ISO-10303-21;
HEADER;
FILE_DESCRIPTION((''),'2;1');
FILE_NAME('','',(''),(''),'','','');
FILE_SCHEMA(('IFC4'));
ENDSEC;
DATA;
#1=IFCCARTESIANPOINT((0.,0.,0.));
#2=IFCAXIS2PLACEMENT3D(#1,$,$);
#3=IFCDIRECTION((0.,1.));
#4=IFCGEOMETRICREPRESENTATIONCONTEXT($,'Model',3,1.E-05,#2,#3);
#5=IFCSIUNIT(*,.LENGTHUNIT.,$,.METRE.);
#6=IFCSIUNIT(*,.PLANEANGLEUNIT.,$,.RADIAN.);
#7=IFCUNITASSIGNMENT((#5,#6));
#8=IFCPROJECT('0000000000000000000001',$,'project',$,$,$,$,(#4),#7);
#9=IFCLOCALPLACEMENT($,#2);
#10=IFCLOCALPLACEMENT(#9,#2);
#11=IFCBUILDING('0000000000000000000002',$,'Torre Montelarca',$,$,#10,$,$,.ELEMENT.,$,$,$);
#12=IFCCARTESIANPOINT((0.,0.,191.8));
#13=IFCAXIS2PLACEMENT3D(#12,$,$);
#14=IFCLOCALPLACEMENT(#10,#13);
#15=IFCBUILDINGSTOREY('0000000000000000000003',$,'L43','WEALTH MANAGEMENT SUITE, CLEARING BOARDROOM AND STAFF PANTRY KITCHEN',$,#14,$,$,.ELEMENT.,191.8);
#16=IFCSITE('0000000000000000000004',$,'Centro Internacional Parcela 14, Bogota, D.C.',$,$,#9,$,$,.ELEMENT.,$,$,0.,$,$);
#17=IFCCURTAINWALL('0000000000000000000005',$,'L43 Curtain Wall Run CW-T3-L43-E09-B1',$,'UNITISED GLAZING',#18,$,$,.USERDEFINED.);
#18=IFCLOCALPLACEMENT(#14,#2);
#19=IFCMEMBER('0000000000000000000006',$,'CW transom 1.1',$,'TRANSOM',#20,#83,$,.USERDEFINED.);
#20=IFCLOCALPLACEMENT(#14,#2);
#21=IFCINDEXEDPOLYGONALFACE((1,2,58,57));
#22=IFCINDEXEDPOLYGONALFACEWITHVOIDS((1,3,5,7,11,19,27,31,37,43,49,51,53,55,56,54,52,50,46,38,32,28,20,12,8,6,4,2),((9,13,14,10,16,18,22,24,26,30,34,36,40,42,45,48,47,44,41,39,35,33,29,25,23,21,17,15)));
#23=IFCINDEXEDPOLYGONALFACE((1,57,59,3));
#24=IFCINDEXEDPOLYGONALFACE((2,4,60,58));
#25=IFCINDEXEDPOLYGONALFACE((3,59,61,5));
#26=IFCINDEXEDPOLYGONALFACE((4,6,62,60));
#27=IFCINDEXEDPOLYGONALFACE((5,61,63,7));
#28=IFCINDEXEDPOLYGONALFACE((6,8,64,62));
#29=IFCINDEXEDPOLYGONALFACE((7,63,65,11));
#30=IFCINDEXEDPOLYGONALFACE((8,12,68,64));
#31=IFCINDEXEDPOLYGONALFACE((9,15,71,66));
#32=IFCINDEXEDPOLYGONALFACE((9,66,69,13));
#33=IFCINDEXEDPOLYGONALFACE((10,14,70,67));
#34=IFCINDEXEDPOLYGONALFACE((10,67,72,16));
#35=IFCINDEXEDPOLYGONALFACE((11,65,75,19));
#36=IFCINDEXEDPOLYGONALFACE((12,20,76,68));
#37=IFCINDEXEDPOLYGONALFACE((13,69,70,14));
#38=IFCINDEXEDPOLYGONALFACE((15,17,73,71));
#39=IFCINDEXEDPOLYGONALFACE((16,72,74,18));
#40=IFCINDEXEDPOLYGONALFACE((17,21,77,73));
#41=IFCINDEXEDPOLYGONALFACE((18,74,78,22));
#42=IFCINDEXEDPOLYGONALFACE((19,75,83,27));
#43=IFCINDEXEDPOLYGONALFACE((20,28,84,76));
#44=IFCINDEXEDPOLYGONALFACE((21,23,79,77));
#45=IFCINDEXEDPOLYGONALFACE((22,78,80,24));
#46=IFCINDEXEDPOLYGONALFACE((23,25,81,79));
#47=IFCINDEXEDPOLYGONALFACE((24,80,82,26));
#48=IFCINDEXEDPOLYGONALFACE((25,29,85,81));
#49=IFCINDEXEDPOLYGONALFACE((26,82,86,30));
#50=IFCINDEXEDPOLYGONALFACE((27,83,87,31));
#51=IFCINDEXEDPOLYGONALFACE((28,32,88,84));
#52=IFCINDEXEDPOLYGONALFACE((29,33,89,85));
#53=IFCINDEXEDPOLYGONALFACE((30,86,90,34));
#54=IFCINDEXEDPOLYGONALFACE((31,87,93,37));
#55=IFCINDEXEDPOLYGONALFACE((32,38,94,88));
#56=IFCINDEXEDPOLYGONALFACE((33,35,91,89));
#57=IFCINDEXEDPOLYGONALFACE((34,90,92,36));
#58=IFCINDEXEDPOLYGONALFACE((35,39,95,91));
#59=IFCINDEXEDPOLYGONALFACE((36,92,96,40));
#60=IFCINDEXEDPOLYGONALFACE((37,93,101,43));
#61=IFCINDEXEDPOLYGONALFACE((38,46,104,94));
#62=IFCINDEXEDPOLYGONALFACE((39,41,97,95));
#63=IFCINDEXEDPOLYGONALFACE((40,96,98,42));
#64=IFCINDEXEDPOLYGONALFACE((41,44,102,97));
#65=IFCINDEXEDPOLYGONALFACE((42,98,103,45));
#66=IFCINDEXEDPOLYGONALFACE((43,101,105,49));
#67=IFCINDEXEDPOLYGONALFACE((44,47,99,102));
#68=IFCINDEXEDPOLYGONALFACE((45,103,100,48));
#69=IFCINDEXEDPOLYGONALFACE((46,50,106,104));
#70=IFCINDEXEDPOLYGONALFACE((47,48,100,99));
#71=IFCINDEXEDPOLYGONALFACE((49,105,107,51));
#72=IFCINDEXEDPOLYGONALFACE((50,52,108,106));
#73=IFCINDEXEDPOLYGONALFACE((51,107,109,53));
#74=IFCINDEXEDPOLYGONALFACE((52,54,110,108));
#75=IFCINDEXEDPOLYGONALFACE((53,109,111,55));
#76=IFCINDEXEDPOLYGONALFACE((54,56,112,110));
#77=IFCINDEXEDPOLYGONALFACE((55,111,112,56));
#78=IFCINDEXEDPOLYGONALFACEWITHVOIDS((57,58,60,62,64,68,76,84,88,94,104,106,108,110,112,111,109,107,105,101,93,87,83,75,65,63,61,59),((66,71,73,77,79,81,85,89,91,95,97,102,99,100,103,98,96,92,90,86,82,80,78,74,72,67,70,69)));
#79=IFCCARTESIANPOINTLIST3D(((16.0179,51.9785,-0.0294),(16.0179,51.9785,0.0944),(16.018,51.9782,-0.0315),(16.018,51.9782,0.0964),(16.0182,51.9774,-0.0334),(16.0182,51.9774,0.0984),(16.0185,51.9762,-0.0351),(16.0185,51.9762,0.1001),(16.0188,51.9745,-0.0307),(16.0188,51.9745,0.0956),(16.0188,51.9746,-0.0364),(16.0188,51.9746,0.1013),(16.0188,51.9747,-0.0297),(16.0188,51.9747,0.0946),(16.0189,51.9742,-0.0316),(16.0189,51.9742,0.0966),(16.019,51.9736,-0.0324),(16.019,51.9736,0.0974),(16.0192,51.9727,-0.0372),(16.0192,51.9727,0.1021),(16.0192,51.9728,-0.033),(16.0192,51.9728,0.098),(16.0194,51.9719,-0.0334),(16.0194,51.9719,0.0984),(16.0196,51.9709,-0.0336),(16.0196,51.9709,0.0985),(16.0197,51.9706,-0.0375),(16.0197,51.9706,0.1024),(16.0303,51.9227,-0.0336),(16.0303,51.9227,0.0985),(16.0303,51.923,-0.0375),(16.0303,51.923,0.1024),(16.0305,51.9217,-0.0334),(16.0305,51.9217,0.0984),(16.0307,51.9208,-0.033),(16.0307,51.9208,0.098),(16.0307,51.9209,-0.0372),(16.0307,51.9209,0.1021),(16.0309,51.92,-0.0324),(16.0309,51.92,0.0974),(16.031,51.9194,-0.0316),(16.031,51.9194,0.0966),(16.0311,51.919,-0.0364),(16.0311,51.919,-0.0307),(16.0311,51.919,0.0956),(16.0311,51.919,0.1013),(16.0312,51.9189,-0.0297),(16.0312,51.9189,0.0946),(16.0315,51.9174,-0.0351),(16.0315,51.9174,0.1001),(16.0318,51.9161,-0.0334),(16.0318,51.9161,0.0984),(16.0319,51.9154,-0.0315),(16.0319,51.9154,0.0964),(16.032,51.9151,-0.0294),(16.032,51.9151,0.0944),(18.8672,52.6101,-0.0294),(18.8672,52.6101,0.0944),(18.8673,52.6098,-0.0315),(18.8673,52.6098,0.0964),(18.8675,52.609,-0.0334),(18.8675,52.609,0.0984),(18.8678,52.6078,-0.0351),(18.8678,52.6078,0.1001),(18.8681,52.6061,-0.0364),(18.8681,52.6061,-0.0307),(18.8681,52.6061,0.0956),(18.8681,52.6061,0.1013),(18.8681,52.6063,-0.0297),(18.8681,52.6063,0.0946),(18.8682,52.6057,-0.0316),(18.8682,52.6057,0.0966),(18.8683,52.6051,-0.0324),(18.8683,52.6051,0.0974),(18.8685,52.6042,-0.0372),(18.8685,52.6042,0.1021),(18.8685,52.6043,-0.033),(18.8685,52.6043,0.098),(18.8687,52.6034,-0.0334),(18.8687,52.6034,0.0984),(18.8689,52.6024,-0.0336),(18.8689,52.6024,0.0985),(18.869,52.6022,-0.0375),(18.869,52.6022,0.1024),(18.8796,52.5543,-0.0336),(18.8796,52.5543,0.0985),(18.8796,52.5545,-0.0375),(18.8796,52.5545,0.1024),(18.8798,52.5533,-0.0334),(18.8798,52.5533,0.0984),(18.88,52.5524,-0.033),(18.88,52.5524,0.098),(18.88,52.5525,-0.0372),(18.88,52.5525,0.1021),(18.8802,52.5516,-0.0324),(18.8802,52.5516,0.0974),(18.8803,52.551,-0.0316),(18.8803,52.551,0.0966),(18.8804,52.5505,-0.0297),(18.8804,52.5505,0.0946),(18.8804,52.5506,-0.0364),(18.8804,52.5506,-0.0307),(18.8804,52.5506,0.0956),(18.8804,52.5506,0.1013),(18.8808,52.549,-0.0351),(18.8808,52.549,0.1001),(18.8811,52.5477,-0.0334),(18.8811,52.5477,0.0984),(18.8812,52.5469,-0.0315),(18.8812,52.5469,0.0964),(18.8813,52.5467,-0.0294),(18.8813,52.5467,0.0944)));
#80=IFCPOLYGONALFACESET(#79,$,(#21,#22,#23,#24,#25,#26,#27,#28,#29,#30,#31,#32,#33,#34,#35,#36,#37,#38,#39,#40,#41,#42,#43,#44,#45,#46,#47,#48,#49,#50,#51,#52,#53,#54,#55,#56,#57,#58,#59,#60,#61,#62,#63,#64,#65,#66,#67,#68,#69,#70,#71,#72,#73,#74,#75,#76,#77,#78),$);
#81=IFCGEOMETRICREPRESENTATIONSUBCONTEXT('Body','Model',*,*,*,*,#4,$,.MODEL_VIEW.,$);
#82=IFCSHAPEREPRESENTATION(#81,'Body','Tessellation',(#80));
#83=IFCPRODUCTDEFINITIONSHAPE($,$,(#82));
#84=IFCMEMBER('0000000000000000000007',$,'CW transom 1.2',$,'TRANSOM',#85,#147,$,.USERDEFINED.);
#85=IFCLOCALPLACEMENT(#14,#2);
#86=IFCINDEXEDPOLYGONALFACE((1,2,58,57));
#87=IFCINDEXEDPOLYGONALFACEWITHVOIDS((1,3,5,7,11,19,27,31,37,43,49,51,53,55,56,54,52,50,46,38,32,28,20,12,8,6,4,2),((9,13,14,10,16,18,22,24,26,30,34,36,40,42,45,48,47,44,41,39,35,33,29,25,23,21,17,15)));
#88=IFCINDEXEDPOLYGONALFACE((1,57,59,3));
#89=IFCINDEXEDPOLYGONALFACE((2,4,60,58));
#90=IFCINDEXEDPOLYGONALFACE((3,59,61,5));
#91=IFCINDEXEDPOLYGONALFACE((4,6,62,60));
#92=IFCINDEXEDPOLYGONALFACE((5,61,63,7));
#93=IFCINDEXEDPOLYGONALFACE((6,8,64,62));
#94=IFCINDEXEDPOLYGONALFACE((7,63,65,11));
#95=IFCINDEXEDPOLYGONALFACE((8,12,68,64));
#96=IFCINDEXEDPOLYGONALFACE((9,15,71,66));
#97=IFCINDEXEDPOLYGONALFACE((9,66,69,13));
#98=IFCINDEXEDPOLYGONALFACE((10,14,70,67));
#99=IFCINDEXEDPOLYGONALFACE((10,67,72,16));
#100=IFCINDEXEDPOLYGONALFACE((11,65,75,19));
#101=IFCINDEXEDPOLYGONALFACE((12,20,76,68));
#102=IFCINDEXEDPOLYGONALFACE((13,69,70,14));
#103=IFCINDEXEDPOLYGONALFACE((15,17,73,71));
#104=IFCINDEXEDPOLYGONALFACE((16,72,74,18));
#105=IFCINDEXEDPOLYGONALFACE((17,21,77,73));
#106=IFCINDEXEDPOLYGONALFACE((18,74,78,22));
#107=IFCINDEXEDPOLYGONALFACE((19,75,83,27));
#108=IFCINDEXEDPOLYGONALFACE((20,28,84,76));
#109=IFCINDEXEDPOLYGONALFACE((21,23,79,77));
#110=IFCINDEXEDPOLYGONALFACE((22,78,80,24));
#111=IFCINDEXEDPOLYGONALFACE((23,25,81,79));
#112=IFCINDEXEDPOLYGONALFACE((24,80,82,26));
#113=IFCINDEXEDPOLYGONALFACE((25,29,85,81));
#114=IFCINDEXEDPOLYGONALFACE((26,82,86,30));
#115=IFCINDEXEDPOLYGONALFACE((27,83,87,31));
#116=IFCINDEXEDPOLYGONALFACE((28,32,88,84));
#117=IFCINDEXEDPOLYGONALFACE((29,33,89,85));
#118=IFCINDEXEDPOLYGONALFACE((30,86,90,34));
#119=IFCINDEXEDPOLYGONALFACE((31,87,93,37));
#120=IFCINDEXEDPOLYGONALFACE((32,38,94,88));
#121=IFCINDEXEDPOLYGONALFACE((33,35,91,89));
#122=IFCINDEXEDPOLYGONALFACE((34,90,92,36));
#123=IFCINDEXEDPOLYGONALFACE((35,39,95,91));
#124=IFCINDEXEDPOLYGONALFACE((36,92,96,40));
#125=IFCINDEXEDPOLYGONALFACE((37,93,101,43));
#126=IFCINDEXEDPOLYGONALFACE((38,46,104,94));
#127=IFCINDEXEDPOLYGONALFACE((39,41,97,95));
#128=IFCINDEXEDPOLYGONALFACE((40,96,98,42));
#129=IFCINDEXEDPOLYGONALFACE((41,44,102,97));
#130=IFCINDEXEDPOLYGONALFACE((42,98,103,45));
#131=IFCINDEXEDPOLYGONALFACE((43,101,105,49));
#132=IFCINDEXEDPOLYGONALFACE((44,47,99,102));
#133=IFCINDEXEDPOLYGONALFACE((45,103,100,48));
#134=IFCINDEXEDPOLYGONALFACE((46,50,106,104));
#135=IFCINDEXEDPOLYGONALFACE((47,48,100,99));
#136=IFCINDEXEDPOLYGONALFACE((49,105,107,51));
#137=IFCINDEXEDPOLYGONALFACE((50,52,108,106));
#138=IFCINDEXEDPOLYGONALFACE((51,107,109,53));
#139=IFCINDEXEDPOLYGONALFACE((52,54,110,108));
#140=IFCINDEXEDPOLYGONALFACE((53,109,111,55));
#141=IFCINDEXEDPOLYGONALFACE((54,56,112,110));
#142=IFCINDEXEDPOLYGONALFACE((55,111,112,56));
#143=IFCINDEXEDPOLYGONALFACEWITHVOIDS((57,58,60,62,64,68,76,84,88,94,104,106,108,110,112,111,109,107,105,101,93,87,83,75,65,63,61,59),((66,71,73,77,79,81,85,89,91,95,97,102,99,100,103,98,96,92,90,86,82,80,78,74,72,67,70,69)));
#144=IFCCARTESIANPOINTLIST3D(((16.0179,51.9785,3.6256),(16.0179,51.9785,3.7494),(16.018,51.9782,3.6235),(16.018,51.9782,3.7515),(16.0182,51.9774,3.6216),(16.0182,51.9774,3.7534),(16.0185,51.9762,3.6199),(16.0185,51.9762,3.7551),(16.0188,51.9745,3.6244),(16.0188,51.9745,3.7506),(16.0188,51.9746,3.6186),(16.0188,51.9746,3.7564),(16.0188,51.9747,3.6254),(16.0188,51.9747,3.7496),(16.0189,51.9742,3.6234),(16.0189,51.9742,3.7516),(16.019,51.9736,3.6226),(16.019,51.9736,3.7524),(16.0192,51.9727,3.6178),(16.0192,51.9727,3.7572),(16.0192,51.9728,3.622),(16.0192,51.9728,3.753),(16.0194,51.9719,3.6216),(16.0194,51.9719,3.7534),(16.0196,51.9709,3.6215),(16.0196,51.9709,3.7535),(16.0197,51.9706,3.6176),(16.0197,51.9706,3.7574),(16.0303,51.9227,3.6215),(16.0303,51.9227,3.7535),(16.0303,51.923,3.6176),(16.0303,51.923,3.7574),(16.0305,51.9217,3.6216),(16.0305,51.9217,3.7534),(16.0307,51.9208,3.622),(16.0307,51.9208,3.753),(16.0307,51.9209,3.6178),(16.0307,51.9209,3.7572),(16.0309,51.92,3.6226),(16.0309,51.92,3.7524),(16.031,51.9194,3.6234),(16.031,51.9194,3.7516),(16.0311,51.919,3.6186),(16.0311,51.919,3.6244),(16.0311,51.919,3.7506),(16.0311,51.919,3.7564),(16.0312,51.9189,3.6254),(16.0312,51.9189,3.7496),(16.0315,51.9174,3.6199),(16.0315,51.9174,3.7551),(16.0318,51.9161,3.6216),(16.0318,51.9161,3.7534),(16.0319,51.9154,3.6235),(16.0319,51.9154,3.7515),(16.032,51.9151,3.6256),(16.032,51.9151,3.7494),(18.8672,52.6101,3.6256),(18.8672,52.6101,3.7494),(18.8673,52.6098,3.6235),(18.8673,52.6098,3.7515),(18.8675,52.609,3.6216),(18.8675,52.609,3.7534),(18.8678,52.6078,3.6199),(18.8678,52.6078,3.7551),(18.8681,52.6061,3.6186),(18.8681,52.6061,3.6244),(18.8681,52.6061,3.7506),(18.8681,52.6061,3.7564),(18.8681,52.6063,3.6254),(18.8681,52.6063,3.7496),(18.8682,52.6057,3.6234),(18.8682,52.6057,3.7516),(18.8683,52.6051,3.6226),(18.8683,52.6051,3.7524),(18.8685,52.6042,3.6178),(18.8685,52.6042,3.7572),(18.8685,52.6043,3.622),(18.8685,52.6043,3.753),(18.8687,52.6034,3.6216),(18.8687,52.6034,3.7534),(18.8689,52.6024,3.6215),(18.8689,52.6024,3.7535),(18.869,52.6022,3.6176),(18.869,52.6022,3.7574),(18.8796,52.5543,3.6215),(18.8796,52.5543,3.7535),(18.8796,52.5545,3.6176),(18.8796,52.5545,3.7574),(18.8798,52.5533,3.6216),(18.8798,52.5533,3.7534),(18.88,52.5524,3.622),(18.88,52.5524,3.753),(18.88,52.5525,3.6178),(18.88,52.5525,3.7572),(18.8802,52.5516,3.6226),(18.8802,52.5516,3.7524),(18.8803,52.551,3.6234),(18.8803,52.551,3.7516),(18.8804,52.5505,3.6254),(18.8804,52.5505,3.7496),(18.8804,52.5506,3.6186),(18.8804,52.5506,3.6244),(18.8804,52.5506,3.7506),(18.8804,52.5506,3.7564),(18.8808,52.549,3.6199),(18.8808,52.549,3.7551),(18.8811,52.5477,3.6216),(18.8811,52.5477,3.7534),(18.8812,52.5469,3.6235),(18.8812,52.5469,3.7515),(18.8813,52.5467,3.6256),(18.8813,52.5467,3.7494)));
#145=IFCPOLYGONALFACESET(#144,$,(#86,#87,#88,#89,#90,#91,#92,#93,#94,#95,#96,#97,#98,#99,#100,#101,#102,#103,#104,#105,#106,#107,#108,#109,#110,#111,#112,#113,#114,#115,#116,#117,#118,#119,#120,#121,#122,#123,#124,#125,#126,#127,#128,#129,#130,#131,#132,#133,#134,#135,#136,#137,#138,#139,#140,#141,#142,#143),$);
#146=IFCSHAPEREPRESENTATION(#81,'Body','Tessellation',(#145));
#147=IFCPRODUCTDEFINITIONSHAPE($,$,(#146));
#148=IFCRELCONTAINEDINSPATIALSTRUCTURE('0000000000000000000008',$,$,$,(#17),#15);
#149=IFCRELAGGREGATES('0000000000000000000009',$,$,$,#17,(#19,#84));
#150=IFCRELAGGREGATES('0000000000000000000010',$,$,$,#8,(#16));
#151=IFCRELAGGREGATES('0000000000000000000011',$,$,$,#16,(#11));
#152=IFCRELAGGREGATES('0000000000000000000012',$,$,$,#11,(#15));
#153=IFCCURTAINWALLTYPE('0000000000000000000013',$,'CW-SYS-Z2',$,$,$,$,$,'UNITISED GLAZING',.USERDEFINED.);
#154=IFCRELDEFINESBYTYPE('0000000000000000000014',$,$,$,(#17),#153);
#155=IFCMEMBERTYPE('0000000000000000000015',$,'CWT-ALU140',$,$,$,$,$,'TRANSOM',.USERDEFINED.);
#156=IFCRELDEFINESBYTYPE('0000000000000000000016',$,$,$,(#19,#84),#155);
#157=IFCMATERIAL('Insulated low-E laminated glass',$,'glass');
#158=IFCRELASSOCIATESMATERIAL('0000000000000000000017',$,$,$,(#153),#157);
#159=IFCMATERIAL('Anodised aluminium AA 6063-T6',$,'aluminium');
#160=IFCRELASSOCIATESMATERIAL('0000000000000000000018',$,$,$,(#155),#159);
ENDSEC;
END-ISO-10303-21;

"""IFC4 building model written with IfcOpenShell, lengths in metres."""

from ifc_helpers import new_model, si_unit, direction, frame, origin, origin_2d, place, context, subcontext, project, spatial, hollow_rectangle, extrude, source, transform, mapped, material, material_profile, profile_set, type_object, element, aggregate, save


model = new_model("IFC4")

# Units and contexts
model_context = context("Model", 3, precision=1e-05, world=origin(), true_north=direction((0.0, 1.0)))
body_context = subcontext(model_context, "Body", "Model", "MODEL_VIEW")
ifc_project = project(units=[si_unit("LENGTHUNIT", "METRE"), si_unit("PLANEANGLEUNIT", "RADIAN")], contexts=[model_context])

# Site, building, storey
site_placement = place(None, origin())
site = spatial("IfcSite", under=ifc_project, at=site_placement, Name="Centro Internacional Parcela 14, Bogota, D.C.", CompositionType="ELEMENT", RefElevation=0.0)
building_placement = place(site_placement, origin())
building = spatial("IfcBuilding", under=site, at=building_placement, Name="Torre Montelarca", CompositionType="ELEMENT")
storey_placement = place(building_placement, frame((0.0, 0.0, 191.8)))
storey = spatial("IfcBuildingStorey", under=building, at=storey_placement, Name="L43", Description="WEALTH MANAGEMENT SUITE, CLEARING BOARDROOM AND STAFF PANTRY KITCHEN", CompositionType="ELEMENT", Elevation=191.8)

# Curtain wall, members
ifc_material_1 = material(Name="Insulated low-E laminated glass", Category="glass")
curtain_wall_type = type_object("IfcCurtainWallType", Name="CW-SYS-Z2", ElementType="UNITISED GLAZING", PredefinedType="USERDEFINED", material=ifc_material_1)
curtain_wall_1_placement = place(storey_placement, origin())
curtain_wall_1 = element("IfcCurtainWall", 1, at=curtain_wall_1_placement, inside=storey, type_object=curtain_wall_type, Name="L43 Curtain Wall Run CW-T3-L43-E09-B1", ObjectType="UNITISED GLAZING", PredefinedType="USERDEFINED")
ifc_material_2 = material(Name="Anodised aluminium AA 6063-T6", Category="aluminium")
ifc_material_profile_1 = material_profile(ifc_material_2, hollow_rectangle(XDim=0.0649, YDim=0.1399, WallThickness=0.0039, InnerFilletRadius=0.0039, OuterFilletRadius=0.0081, at=origin_2d()), Name="ALU65X140X4", Category="aluminium")
ifc_profile_set_1 = profile_set([ifc_material_profile_1], Name="Anodised aluminium AA 6063-T6")
member_type_1 = type_object("IfcMemberType", Name="CWT-ALU140", ElementType="TRANSOM", PredefinedType="USERDEFINED", material=ifc_profile_set_1)
shared_shape_1 = source(origin(), body_context, "Body", "SweptSolid", [
    extrude(hollow_rectangle(XDim=0.0649, YDim=0.1399, WallThickness=0.0039, InnerFilletRadius=0.0039, OuterFilletRadius=0.0081, at=origin_2d()), origin(), (0.0, 0.0, 1.0), 2.9185),
])
member_1_placement = place(storey_placement, frame((18.8743, 52.5784, 0.0325), z_axis=(-0.976303, -0.216408, 0.0), x_axis=(0.216408, -0.976303, 0.0)))
member_1 = element("IfcMember", 2, at=member_1_placement, type_object=member_type_1, Name="CW transom 1.1", ObjectType="TRANSOM", PredefinedType="USERDEFINED", context=body_context, shape_type="MappedRepresentation", body=[
    mapped(shared_shape_1, transform((0.0, 0.0, 0.0), scale=1.0)),
])
member_2_placement = place(storey_placement, frame((18.8743, 52.5784, 3.6875), z_axis=(-0.976303, -0.216408, 0.0), x_axis=(0.216408, -0.976303, 0.0)))
member_2 = element("IfcMember", 3, at=member_2_placement, type_object=member_type_1, Name="CW transom 1.2", ObjectType="TRANSOM", PredefinedType="USERDEFINED", context=body_context, shape_type="MappedRepresentation", body=[
    mapped(shared_shape_1, transform((0.0, 0.0, 0.0), scale=1.0)),
])

aggregate(curtain_wall_1, [member_1, member_2])

save(model, "model.ifc")
